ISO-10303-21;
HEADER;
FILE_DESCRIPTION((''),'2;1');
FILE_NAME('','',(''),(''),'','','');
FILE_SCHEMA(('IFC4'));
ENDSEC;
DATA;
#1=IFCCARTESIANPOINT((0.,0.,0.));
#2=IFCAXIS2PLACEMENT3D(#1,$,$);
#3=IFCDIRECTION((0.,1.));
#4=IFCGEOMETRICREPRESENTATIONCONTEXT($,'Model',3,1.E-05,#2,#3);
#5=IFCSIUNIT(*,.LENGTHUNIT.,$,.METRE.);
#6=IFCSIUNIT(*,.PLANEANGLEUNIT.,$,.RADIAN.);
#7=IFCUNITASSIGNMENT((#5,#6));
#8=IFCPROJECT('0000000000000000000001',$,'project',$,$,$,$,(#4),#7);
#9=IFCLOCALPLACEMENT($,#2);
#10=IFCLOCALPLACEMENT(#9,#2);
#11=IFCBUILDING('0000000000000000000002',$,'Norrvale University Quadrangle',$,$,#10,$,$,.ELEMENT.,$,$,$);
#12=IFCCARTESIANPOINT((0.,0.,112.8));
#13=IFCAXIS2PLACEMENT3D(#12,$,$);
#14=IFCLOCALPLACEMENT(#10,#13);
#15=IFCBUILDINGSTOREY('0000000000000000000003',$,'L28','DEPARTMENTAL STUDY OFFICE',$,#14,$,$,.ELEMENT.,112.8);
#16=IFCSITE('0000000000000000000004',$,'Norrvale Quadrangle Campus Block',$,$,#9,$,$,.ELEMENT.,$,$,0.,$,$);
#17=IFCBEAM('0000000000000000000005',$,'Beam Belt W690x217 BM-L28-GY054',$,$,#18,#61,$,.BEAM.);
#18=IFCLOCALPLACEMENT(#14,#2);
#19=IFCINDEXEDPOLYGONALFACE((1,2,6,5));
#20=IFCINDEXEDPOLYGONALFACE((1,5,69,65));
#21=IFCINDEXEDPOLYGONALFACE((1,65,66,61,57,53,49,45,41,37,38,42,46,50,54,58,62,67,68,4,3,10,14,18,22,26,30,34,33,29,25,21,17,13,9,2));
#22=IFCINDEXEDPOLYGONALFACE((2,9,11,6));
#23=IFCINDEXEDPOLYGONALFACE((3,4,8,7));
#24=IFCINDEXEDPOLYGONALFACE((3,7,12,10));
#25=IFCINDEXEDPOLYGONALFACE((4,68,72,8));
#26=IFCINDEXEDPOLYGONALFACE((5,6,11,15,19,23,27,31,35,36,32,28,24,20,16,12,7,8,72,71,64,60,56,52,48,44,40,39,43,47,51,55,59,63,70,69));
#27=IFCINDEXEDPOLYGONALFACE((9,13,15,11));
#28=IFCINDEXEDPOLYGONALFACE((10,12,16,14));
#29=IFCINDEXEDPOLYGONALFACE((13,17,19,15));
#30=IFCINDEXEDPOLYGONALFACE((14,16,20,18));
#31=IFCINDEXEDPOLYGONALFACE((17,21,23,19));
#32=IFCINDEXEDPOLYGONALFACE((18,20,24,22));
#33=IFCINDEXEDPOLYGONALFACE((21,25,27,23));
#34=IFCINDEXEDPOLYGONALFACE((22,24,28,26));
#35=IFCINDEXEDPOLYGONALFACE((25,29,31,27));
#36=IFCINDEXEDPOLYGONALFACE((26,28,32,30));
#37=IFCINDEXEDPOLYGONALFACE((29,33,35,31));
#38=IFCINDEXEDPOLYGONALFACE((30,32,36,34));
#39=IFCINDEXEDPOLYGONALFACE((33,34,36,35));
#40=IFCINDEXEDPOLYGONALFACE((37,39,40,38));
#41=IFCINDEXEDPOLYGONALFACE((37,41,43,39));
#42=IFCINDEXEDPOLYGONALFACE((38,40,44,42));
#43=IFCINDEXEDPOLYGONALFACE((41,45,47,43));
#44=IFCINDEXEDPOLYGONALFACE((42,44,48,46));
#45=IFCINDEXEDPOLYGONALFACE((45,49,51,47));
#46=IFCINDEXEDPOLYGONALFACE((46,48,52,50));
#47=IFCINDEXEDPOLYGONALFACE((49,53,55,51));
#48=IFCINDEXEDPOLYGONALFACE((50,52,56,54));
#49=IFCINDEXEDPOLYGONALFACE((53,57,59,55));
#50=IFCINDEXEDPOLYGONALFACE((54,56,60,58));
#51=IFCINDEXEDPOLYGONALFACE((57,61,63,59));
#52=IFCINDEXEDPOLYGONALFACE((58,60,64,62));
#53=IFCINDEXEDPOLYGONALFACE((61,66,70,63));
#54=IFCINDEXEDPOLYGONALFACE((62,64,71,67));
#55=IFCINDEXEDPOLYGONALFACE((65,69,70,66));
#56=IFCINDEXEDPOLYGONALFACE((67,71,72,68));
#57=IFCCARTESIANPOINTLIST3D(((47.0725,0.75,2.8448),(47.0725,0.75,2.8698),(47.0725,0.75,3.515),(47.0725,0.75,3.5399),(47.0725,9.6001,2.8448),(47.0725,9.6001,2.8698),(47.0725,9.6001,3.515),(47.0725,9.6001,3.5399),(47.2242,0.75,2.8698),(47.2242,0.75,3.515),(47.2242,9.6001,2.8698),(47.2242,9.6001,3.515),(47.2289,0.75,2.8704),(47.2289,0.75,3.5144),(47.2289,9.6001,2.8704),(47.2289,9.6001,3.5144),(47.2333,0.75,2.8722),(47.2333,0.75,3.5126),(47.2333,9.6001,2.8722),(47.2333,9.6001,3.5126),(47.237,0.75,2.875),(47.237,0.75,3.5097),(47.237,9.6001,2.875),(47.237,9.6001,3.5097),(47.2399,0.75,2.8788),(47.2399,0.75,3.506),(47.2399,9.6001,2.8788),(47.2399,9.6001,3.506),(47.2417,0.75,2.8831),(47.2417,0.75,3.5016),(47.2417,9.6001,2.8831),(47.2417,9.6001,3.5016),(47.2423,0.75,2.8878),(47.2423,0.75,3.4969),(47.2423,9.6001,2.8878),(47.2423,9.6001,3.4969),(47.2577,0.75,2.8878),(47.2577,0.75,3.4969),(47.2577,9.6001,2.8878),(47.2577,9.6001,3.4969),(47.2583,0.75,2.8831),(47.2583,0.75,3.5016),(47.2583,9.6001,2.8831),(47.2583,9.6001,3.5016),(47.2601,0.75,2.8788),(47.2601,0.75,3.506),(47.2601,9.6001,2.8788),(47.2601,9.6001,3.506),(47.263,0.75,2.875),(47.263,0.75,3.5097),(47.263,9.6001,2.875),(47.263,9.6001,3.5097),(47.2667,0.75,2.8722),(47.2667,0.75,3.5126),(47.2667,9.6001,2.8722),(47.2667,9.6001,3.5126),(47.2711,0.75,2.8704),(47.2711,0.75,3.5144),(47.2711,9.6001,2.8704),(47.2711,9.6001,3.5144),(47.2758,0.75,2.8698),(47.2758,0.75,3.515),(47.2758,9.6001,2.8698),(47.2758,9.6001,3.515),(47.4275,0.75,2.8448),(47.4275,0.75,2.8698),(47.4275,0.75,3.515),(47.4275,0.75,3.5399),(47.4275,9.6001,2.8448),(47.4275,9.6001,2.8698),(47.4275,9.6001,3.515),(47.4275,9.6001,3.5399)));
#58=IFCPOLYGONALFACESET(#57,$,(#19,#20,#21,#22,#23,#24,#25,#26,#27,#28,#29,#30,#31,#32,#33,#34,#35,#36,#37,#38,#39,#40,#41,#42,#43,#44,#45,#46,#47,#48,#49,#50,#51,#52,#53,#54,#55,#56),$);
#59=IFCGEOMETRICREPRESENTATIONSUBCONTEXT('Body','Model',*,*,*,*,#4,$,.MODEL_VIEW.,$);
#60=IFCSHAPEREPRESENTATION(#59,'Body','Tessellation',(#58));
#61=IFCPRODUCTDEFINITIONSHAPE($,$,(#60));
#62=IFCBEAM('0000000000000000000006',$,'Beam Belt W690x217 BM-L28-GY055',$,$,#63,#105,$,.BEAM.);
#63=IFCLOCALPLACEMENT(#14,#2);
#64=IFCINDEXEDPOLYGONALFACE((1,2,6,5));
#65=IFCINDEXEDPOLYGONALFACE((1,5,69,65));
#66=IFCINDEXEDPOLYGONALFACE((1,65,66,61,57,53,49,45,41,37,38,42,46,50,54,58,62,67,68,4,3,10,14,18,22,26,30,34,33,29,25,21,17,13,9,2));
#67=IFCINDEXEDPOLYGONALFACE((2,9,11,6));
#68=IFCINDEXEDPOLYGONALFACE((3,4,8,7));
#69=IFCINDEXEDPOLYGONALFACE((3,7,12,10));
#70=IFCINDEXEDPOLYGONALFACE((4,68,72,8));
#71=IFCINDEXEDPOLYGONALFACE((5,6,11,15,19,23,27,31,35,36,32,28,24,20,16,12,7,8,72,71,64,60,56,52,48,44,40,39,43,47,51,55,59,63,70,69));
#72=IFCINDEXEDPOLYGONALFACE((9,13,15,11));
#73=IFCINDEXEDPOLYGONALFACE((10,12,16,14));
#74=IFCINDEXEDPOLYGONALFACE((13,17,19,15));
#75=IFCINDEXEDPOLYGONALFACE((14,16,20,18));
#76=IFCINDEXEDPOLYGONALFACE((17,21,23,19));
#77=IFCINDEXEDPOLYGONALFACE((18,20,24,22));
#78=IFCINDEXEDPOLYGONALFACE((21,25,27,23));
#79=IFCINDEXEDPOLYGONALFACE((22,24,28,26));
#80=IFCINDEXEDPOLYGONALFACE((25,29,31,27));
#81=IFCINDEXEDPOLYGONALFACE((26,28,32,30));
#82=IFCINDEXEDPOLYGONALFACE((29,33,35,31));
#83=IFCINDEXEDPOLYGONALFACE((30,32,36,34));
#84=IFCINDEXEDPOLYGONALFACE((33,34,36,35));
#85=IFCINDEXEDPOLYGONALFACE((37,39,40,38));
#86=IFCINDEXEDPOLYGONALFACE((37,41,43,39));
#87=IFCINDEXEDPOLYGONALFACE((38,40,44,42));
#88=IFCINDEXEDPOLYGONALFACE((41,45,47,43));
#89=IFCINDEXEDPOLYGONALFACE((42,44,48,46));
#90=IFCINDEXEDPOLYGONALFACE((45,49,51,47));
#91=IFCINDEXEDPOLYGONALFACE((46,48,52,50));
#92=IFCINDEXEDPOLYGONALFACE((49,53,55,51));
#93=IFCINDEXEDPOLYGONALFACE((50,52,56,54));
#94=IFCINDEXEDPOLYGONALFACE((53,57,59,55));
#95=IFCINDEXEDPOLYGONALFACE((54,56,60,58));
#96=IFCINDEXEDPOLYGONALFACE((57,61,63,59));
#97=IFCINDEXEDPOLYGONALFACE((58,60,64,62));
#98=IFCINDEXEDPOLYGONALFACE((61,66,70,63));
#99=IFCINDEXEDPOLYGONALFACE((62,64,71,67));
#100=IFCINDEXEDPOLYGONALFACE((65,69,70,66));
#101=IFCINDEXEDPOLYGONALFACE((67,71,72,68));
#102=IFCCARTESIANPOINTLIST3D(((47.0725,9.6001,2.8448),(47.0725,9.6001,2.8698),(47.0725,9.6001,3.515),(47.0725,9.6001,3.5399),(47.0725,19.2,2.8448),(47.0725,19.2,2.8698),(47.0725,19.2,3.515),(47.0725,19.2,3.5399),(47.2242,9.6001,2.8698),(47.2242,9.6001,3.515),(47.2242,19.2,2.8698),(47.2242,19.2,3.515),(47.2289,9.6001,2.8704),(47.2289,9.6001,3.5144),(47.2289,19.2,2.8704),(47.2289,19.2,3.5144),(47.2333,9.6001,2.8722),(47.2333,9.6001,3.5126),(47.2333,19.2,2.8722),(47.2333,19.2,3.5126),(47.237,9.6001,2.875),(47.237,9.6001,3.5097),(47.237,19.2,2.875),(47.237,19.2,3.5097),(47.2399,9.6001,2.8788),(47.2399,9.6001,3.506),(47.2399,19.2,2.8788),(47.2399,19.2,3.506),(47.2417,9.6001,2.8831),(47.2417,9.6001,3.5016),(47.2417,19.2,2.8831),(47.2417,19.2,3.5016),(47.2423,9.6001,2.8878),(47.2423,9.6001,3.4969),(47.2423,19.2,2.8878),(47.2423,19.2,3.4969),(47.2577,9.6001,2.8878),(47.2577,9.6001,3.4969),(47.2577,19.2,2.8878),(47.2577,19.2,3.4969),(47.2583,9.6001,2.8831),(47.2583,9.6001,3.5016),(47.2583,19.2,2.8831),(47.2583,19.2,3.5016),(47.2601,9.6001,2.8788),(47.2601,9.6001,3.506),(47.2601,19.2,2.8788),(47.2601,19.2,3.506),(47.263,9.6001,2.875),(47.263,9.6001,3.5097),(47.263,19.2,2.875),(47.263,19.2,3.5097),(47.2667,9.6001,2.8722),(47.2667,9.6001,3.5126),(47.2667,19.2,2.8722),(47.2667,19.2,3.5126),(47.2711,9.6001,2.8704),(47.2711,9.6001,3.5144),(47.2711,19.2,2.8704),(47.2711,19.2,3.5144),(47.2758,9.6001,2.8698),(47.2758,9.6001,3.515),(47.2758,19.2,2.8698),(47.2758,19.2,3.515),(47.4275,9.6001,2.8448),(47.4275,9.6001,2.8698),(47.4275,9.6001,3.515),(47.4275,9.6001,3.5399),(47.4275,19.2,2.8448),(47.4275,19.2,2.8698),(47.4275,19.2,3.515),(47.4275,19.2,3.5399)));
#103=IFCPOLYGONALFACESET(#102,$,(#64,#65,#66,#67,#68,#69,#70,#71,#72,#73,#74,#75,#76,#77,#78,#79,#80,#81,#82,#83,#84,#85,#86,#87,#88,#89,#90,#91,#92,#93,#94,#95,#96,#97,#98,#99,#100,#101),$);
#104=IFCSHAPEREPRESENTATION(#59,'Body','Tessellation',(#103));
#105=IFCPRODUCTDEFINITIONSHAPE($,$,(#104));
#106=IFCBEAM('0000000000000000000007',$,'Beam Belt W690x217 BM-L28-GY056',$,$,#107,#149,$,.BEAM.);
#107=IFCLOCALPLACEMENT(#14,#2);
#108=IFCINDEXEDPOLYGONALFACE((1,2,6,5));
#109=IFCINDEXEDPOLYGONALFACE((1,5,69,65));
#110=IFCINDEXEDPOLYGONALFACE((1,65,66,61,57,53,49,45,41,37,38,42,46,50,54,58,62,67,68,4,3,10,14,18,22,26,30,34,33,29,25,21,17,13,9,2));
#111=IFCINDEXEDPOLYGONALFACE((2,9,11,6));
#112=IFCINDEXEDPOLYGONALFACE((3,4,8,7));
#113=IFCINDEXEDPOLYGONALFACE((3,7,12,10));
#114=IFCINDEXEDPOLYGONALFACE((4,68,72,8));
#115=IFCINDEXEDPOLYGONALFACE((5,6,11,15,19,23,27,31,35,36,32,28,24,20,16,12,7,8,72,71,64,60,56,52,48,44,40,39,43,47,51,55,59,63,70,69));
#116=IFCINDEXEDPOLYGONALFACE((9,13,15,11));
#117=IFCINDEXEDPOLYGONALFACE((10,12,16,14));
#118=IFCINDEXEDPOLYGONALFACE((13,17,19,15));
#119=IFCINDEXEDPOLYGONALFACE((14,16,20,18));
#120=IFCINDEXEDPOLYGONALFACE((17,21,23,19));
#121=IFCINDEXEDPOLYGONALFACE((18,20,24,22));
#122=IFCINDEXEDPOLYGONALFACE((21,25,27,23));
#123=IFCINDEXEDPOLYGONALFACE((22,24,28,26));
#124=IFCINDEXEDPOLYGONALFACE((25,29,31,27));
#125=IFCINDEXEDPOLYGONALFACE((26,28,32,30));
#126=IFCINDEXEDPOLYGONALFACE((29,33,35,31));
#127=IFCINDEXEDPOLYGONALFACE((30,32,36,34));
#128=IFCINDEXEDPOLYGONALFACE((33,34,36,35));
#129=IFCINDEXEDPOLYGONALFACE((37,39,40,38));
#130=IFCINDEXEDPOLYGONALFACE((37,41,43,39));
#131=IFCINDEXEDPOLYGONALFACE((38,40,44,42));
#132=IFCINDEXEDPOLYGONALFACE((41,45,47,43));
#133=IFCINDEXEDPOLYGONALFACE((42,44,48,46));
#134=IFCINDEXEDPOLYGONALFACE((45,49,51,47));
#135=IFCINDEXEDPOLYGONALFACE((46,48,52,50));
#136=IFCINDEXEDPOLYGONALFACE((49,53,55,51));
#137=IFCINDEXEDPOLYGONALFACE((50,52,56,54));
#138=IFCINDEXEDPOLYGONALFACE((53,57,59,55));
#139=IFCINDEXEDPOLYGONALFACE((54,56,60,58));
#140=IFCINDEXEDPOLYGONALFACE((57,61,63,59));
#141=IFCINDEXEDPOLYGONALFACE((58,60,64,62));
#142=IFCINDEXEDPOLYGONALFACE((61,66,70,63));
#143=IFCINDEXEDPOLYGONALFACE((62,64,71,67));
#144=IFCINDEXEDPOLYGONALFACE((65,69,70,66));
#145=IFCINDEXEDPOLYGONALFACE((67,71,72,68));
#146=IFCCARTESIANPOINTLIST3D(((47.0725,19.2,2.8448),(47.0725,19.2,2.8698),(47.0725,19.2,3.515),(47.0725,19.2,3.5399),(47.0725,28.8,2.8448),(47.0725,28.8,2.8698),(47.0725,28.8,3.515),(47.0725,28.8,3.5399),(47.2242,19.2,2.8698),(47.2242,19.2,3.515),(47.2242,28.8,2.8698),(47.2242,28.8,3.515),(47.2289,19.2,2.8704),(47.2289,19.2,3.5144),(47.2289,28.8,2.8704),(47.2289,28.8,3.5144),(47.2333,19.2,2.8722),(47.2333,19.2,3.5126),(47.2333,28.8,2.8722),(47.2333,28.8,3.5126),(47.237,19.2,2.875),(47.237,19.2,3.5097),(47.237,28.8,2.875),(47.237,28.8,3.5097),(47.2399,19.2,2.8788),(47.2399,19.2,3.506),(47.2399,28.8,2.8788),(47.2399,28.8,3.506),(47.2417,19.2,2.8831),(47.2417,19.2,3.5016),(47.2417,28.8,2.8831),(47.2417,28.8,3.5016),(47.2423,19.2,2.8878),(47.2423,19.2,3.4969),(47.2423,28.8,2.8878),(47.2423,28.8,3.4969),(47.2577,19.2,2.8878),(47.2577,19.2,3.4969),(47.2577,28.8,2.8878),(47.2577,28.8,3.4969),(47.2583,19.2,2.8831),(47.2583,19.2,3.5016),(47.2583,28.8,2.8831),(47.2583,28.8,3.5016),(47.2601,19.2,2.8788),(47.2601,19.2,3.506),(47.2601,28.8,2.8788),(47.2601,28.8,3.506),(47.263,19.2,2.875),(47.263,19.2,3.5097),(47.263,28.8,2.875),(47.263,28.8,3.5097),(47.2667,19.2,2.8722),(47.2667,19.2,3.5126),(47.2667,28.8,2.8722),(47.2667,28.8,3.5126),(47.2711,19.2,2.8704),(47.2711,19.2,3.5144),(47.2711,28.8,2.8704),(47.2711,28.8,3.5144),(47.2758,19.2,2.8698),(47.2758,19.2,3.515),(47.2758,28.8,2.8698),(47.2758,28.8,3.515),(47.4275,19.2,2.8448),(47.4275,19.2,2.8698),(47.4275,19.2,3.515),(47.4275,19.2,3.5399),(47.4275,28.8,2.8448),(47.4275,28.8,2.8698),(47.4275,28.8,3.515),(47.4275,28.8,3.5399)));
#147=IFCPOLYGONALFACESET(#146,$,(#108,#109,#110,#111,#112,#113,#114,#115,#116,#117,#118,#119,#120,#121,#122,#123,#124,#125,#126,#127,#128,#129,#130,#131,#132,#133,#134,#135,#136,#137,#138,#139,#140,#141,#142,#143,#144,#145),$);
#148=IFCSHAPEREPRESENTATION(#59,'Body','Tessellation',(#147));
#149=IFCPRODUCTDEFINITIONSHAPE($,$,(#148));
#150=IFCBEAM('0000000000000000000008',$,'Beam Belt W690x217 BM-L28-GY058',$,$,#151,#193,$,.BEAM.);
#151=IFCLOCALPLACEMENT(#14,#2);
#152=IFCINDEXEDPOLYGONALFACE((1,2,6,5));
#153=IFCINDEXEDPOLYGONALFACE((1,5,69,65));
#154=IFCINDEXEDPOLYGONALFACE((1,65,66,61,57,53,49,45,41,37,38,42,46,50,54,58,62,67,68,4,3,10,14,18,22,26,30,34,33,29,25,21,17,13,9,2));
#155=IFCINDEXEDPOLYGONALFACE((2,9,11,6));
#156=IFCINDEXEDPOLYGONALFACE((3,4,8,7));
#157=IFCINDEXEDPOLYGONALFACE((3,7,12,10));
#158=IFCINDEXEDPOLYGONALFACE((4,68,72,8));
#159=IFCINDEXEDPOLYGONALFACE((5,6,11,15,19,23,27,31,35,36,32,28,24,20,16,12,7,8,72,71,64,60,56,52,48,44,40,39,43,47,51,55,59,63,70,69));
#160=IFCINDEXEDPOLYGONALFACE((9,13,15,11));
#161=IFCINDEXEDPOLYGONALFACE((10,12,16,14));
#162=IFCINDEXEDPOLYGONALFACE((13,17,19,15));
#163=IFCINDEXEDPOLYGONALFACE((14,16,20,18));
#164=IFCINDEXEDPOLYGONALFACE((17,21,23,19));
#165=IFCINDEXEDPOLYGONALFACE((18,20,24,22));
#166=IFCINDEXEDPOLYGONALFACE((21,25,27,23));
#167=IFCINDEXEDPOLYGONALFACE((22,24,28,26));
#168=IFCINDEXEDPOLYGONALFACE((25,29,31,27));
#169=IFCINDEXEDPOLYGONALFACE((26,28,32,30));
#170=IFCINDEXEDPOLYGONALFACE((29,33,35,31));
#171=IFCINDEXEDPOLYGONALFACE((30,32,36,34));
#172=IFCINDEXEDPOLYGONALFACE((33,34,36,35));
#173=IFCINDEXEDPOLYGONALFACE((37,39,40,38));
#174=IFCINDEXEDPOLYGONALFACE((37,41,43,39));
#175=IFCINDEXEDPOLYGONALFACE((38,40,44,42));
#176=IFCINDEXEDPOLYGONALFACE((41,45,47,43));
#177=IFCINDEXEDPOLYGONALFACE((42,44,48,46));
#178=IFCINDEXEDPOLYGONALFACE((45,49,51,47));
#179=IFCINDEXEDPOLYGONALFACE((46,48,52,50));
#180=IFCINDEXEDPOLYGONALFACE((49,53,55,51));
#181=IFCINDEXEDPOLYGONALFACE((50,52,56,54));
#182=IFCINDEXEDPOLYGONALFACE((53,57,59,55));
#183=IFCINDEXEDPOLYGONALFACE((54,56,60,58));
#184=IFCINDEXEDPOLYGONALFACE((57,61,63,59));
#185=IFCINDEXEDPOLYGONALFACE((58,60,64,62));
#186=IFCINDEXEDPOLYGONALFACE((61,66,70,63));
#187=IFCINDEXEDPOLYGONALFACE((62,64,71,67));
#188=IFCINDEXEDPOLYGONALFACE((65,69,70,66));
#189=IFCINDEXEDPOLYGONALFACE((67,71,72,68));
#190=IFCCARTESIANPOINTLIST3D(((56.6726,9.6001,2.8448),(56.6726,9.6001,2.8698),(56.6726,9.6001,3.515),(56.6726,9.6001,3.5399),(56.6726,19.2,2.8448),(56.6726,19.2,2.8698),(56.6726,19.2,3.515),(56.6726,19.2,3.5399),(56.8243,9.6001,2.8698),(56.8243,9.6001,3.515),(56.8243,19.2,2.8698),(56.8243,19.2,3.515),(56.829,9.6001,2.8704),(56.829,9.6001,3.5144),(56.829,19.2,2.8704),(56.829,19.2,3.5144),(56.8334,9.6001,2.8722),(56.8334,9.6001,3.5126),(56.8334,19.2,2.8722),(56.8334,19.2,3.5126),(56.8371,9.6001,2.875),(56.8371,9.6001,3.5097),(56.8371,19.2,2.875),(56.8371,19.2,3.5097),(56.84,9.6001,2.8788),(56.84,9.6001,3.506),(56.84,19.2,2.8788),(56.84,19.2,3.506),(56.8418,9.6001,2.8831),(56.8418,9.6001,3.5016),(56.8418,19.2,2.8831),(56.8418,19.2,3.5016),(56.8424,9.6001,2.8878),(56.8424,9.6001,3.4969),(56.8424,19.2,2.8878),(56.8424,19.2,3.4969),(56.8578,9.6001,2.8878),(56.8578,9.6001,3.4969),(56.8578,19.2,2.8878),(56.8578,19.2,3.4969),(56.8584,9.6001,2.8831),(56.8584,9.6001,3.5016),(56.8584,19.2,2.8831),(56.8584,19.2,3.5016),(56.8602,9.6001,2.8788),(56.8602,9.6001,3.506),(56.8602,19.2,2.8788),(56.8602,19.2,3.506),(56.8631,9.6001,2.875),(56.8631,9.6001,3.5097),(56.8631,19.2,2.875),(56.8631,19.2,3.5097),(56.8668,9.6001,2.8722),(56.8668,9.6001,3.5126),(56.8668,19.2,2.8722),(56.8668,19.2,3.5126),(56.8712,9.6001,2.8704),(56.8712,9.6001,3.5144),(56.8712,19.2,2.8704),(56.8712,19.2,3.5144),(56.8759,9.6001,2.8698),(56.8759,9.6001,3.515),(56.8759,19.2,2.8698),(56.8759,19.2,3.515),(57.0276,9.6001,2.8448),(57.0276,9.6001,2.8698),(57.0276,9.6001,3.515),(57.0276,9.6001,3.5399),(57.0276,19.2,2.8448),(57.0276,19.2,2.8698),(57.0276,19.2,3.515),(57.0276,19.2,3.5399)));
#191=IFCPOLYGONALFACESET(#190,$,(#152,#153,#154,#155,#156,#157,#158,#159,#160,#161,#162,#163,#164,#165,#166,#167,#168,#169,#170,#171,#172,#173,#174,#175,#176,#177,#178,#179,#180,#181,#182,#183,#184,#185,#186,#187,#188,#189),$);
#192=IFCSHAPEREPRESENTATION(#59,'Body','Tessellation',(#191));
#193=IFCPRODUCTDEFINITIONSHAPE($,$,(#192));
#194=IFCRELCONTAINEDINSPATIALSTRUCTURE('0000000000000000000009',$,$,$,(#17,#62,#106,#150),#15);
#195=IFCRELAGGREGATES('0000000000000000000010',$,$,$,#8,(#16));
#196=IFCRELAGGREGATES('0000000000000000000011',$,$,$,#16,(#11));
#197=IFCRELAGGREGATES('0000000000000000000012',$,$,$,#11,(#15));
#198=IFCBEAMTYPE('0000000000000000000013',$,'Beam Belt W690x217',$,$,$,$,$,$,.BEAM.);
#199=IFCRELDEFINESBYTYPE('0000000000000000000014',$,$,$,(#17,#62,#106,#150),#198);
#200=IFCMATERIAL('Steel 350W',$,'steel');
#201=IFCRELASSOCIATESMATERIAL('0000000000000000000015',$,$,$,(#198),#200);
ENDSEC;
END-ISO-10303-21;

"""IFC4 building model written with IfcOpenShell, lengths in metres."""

from ifc_helpers import new_model, si_unit, direction, frame, origin, origin_2d, place, context, subcontext, project, spatial, i_section, extrude, material, material_profile, profile_set, type_object, element, save


model = new_model("IFC4")

# Units and contexts
model_context = context("Model", 3, precision=1e-05, world=origin(), true_north=direction((0.0, 1.0)))
body_context = subcontext(model_context, "Body", "Model", "MODEL_VIEW")
ifc_project = project(units=[si_unit("LENGTHUNIT", "METRE"), si_unit("PLANEANGLEUNIT", "RADIAN")], contexts=[model_context])

# Site, building, storey
site_placement = place(None, origin())
site = spatial("IfcSite", under=ifc_project, at=site_placement, Name="Norrvale Quadrangle Campus Block", CompositionType="ELEMENT", RefElevation=0.0)
building_placement = place(site_placement, origin())
building = spatial("IfcBuilding", under=site, at=building_placement, Name="Norrvale University Quadrangle", CompositionType="ELEMENT")
storey_placement = place(building_placement, frame((0.0, 0.0, 112.8)))
storey = spatial("IfcBuildingStorey", under=building, at=storey_placement, Name="L28", Description="DEPARTMENTAL STUDY OFFICE", CompositionType="ELEMENT", Elevation=112.8)

# Beams
ifc_material_1 = material(Name="Steel 350W", Category="steel")
ifc_material_profile_1 = material_profile(ifc_material_1, i_section(OverallWidth=0.355, OverallDepth=0.6951, WebThickness=0.0154, FlangeThickness=0.0249, FilletRadius=0.0181, at=origin_2d()), Name="Steel 350W")
ifc_profile_set_1 = profile_set([ifc_material_profile_1], Name="Steel 350W")
beam_type_1 = type_object("IfcBeamType", Name="Beam Belt W690x217", PredefinedType="BEAM", material=ifc_profile_set_1)
beam_1_placement = place(storey_placement, frame((47.25, 0.75, 3.1924), z_axis=(0.0, 1.0, 0.0), x_axis=(-1.0, 0.0, 0.0)))
element("IfcBeam", 1, at=beam_1_placement, inside=storey, type_object=beam_type_1, Name="Beam Belt W690x217 BM-L28-GY054", PredefinedType="BEAM", context=body_context, shape_type="SweptSolid", body=[
    extrude(i_section(OverallWidth=0.355, OverallDepth=0.6951, WebThickness=0.0154, FlangeThickness=0.0249, FilletRadius=0.0181, at=origin_2d()), origin(), (0.0, 0.0, 1.0), 8.8501),
])
beam_2_placement = place(storey_placement, frame((47.25, 9.6001, 3.1924), z_axis=(0.0, 1.0, 0.0), x_axis=(-1.0, 0.0, 0.0)))
element("IfcBeam", 2, at=beam_2_placement, inside=storey, type_object=beam_type_1, Name="Beam Belt W690x217 BM-L28-GY055", PredefinedType="BEAM", context=body_context, shape_type="SweptSolid", body=[
    extrude(i_section(OverallWidth=0.355, OverallDepth=0.6951, WebThickness=0.0154, FlangeThickness=0.0249, FilletRadius=0.0181, at=origin_2d()), origin(), (0.0, 0.0, 1.0), 9.5999),
])
beam_3_placement = place(storey_placement, frame((47.25, 19.2, 3.1924), z_axis=(0.0, 1.0, 0.0), x_axis=(-1.0, 0.0, 0.0)))
element("IfcBeam", 3, at=beam_3_placement, inside=storey, type_object=beam_type_1, Name="Beam Belt W690x217 BM-L28-GY056", PredefinedType="BEAM", context=body_context, shape_type="SweptSolid", body=[
    extrude(i_section(OverallWidth=0.355, OverallDepth=0.6951, WebThickness=0.0154, FlangeThickness=0.0249, FilletRadius=0.0181, at=origin_2d()), origin(), (0.0, 0.0, 1.0), 9.6001),
])
beam_4_placement = place(storey_placement, frame((56.8501, 9.6001, 3.1924), z_axis=(0.0, 1.0, 0.0), x_axis=(-1.0, 0.0, 0.0)))
element("IfcBeam", 4, at=beam_4_placement, inside=storey, type_object=beam_type_1, Name="Beam Belt W690x217 BM-L28-GY058", PredefinedType="BEAM", context=body_context, shape_type="SweptSolid", body=[
    extrude(i_section(OverallWidth=0.355, OverallDepth=0.6951, WebThickness=0.0154, FlangeThickness=0.0249, FilletRadius=0.0181, at=origin_2d()), origin(), (0.0, 0.0, 1.0), 9.5999),
])

save(model, "model.ifc")
